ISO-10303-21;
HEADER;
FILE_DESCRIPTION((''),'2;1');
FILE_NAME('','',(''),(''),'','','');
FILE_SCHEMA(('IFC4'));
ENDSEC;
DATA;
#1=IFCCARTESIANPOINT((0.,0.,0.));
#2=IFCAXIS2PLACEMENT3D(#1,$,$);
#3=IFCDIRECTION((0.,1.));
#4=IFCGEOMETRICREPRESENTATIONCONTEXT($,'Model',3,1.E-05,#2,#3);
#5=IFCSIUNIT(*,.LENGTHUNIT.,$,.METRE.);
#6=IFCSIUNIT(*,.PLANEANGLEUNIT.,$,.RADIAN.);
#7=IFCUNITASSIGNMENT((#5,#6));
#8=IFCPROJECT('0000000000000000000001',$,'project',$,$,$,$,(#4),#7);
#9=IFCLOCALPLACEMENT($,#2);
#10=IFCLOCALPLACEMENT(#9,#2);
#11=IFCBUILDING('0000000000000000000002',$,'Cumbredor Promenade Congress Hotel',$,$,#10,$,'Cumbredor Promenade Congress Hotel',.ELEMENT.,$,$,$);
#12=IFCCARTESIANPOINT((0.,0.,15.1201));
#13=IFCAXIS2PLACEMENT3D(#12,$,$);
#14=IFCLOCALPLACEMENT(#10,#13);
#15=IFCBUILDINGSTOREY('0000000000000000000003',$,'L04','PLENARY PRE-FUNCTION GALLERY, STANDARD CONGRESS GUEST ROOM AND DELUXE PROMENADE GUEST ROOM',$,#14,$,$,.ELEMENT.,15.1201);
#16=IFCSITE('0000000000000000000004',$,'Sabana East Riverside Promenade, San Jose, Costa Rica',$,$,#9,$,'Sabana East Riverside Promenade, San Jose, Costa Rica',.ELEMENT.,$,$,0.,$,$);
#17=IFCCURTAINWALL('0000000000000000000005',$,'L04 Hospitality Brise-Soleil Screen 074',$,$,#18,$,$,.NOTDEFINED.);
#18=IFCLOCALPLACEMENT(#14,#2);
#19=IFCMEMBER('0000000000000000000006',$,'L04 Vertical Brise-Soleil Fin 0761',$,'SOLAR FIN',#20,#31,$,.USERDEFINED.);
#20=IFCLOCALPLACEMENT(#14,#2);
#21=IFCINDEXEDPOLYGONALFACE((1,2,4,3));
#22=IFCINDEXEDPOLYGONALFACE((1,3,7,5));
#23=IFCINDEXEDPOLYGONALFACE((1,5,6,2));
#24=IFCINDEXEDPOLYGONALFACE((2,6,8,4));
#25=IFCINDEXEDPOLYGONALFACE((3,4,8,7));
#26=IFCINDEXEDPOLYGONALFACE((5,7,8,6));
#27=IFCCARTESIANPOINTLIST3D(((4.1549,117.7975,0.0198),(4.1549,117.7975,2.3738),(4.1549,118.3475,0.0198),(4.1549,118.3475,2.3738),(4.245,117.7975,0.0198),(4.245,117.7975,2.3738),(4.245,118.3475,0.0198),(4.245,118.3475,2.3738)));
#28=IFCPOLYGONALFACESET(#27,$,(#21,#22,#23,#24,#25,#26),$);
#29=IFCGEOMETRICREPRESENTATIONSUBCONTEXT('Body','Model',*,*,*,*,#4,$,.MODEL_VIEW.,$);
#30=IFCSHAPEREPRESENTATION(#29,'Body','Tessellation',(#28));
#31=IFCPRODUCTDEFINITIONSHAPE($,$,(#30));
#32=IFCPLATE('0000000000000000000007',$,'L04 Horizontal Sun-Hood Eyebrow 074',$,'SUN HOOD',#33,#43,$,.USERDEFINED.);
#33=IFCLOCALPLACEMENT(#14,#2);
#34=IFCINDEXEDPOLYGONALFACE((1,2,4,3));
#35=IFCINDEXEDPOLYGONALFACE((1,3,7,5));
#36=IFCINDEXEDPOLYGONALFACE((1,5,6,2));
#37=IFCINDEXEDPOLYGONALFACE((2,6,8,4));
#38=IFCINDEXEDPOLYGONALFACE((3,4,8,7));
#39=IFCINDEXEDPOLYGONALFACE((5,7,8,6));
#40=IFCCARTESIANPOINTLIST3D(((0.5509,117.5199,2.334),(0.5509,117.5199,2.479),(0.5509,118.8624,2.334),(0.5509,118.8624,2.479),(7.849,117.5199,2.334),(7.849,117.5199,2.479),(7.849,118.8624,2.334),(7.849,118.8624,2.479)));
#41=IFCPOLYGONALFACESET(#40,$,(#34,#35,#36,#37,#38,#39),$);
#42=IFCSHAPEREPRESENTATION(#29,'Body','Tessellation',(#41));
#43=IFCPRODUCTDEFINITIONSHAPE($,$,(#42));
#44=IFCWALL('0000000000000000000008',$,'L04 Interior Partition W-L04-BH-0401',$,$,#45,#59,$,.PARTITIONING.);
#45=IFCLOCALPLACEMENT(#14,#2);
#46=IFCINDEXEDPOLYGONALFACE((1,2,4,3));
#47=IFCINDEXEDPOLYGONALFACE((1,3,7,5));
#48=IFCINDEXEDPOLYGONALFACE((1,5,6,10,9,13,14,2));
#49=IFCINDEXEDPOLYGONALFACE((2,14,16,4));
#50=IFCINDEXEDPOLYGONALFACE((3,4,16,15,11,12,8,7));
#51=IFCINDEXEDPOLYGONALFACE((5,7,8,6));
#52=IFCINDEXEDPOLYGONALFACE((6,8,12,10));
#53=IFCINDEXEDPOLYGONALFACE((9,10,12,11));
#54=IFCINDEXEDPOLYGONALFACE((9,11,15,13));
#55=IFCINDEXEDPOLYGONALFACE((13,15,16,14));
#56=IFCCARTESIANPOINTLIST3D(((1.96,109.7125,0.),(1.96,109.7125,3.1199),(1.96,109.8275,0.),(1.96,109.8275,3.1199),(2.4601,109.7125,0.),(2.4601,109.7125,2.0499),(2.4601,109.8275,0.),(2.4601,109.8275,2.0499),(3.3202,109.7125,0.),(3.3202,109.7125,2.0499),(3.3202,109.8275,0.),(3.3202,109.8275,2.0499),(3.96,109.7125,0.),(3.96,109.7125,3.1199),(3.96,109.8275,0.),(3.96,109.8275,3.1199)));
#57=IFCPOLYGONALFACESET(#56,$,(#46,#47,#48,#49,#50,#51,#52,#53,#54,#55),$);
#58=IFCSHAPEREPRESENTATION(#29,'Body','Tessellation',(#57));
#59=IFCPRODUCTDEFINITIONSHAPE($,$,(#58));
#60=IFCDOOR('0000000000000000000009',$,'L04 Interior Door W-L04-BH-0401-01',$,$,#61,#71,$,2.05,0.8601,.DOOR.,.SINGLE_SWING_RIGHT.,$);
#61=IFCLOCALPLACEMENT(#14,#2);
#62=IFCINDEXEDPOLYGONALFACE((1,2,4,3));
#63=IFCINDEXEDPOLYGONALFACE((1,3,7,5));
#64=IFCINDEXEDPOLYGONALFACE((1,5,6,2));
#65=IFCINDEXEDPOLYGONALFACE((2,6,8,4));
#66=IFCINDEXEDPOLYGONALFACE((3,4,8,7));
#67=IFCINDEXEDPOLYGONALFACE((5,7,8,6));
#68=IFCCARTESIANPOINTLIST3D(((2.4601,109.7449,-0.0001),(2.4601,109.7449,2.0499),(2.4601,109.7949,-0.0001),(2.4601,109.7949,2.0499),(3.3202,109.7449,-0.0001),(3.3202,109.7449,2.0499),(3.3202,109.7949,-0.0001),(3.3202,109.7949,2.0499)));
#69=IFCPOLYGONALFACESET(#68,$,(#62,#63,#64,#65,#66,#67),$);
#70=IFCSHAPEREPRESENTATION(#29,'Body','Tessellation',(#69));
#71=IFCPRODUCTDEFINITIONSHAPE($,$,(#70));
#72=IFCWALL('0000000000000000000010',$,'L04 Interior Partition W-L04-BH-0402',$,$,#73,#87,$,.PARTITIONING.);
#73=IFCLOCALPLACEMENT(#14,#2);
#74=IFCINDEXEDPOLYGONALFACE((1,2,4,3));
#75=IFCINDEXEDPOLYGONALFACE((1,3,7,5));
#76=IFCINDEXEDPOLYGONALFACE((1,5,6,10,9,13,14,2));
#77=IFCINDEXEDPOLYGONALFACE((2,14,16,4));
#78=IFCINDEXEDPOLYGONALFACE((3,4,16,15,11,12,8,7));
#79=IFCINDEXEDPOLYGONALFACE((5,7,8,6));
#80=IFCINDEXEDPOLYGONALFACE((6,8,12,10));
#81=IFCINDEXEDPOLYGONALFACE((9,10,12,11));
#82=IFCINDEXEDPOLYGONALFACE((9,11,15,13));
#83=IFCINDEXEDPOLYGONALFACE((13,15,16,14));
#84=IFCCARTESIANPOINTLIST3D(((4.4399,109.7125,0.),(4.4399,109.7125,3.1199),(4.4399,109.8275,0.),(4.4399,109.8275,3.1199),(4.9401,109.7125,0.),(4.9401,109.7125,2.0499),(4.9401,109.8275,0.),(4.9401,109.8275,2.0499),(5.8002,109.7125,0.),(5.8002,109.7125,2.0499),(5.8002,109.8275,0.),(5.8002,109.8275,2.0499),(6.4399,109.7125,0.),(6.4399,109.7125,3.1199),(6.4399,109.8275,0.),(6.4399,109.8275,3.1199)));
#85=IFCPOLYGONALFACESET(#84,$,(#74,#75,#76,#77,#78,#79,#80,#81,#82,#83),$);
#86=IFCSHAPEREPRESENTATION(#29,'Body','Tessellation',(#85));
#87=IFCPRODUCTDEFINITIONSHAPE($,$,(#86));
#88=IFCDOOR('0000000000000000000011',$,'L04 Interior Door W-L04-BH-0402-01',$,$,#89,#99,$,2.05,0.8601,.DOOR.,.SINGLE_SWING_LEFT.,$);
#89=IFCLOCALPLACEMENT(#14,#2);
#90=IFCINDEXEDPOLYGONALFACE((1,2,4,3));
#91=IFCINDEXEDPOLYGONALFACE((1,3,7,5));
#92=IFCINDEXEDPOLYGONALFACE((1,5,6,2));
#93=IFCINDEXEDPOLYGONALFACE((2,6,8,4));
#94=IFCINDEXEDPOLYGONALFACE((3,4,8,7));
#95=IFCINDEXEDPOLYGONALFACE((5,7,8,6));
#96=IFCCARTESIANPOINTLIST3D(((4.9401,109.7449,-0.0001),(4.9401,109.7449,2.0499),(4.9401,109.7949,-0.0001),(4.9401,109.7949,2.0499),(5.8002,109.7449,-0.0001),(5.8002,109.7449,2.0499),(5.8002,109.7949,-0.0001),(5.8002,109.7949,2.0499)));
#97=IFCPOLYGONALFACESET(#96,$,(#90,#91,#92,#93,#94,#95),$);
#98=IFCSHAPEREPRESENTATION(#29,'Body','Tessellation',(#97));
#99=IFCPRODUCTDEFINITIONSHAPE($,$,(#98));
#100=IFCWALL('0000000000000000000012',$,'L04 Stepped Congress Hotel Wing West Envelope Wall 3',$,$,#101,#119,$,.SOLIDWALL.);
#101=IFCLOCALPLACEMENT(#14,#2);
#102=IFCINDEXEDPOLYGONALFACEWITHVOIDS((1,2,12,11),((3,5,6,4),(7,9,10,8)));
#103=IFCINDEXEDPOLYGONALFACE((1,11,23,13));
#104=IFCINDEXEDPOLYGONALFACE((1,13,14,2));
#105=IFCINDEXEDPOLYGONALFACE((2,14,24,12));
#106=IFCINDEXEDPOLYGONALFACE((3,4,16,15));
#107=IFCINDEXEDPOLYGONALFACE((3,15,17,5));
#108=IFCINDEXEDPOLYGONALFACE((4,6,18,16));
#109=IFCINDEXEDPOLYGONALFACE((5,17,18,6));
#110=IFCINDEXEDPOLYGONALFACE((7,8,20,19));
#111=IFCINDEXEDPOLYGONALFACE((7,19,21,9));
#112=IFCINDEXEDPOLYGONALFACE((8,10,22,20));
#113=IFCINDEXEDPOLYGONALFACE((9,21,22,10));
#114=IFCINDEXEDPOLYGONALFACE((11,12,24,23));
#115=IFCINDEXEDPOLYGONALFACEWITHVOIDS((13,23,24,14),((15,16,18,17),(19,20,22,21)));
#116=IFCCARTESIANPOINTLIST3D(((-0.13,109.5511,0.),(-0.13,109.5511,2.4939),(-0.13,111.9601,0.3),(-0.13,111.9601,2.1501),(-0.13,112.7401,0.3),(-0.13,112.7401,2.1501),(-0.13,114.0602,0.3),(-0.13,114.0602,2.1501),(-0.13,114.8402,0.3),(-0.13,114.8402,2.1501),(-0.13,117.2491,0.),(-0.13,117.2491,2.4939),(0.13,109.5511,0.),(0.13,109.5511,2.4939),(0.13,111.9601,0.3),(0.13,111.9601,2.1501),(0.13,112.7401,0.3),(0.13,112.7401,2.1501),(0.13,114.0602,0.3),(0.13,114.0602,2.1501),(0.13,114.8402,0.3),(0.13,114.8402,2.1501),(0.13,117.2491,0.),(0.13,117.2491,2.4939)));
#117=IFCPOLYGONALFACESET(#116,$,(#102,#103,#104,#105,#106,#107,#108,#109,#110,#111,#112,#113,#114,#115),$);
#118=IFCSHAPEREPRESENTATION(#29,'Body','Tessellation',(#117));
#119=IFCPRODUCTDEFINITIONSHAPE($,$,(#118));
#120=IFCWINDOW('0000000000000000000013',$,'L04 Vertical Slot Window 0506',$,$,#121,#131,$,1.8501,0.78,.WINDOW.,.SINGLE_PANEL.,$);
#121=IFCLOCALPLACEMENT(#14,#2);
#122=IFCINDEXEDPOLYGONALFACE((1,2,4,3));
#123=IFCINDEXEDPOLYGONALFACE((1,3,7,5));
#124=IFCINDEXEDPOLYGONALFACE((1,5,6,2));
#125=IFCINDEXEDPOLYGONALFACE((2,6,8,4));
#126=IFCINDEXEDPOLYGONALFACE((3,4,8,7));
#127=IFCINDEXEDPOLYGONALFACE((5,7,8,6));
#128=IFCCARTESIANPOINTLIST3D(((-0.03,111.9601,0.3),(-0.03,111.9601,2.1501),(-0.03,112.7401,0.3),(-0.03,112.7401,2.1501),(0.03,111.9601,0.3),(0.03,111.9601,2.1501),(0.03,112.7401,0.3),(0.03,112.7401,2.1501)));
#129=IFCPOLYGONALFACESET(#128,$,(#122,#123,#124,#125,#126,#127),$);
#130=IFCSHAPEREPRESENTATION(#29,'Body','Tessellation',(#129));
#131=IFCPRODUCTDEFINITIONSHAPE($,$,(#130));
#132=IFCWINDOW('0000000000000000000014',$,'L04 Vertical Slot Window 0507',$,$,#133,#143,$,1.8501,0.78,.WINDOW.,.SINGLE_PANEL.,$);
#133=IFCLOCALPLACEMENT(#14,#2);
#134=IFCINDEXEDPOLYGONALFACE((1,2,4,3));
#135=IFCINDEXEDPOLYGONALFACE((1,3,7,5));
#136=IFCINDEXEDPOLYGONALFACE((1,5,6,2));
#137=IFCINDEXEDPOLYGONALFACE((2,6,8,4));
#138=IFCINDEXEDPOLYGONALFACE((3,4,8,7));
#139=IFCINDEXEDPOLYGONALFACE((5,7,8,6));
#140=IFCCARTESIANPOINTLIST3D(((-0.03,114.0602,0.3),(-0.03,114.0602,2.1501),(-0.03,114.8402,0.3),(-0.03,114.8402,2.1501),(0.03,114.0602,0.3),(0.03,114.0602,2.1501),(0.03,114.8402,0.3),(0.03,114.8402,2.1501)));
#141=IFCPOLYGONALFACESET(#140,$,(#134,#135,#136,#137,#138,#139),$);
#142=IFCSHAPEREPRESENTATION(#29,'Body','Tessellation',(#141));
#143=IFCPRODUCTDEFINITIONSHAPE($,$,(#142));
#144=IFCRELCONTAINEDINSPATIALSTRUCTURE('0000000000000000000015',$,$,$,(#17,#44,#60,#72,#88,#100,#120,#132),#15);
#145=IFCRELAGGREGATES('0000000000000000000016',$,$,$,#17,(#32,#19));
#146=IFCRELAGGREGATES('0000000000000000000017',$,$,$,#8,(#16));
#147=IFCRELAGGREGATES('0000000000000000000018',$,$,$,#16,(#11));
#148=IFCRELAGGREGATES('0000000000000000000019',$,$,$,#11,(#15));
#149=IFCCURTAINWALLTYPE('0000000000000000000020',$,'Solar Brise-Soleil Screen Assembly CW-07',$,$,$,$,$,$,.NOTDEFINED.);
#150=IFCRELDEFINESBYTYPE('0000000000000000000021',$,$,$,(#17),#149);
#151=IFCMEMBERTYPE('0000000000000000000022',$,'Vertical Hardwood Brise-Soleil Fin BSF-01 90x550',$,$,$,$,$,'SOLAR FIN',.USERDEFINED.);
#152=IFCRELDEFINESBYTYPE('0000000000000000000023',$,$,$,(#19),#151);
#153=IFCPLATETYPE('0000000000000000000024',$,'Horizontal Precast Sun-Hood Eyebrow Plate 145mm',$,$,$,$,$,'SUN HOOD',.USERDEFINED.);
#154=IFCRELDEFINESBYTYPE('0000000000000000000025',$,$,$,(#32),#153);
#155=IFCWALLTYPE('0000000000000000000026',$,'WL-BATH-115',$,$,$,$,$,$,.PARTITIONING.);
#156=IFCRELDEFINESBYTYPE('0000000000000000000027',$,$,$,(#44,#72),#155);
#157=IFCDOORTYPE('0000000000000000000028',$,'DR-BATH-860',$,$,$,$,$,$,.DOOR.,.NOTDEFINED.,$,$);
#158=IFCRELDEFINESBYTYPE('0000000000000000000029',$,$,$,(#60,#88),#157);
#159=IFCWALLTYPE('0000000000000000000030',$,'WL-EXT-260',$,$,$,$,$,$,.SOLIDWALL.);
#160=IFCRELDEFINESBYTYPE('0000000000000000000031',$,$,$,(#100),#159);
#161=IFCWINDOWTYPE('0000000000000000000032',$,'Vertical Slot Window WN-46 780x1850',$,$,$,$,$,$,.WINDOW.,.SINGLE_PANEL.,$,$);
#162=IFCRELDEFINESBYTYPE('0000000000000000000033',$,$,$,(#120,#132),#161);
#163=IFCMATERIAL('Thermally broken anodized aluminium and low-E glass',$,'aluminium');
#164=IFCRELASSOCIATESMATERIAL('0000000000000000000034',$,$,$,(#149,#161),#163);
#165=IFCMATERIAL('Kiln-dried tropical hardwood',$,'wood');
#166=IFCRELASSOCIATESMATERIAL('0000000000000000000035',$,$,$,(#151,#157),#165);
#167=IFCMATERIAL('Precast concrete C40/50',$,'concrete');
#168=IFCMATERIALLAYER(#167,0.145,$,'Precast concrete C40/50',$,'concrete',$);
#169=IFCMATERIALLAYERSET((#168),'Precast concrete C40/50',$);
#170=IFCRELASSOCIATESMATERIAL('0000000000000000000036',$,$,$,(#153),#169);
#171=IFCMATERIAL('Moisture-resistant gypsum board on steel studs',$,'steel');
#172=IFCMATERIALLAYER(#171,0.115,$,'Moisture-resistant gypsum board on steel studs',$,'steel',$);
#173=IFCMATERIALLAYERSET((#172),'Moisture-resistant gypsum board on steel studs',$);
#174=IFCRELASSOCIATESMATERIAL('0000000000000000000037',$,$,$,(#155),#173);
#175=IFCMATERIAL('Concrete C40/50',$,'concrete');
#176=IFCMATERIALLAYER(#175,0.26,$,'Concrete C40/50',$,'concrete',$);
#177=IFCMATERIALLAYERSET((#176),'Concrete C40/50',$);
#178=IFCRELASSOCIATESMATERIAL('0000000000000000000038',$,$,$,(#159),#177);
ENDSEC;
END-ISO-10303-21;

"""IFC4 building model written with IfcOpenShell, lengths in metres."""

from ifc_helpers import new_model, si_unit, direction, frame, frame_2d, origin, origin_2d, place, context, subcontext, project, spatial, rectangle, extrude, material, layer, layer_set, material_profile, profile_set, type_object, element, fill, aggregate, save


model = new_model("IFC4")

# Units and contexts
model_context = context("Model", 3, precision=1e-05, world=origin(), true_north=direction((0.0, 1.0)))
body_context = subcontext(model_context, "Body", "Model", "MODEL_VIEW")
ifc_project = project(units=[si_unit("LENGTHUNIT", "METRE"), si_unit("PLANEANGLEUNIT", "RADIAN")], contexts=[model_context])

# Site, building, storey
site_placement = place(None, origin())
site = spatial("IfcSite", under=ifc_project, at=site_placement, Name="Sabana East Riverside Promenade, San Jose, Costa Rica", LongName="Sabana East Riverside Promenade, San Jose, Costa Rica", CompositionType="ELEMENT", RefElevation=0.0)
building_placement = place(site_placement, origin())
building = spatial("IfcBuilding", under=site, at=building_placement, Name="Cumbredor Promenade Congress Hotel", LongName="Cumbredor Promenade Congress Hotel", CompositionType="ELEMENT")
storey_placement = place(building_placement, frame((0.0, 0.0, 15.1201)))
storey = spatial("IfcBuildingStorey", under=building, at=storey_placement, Name="L04", Description="PLENARY PRE-FUNCTION GALLERY, STANDARD CONGRESS GUEST ROOM AND DELUXE PROMENADE GUEST ROOM", CompositionType="ELEMENT", Elevation=15.1201)

# Shared definitions
ifc_material_1 = material(Name="Concrete C40/50", Category="concrete")

# Curtain wall
ifc_material_2 = material(Name="Thermally broken anodized aluminium and low-E glass", Category="aluminium")
curtain_wall_type = type_object("IfcCurtainWallType", Name="Solar Brise-Soleil Screen Assembly CW-07", PredefinedType="NOTDEFINED", material=ifc_material_2)
curtain_wall_1_placement = place(storey_placement, origin())
curtain_wall_1 = element("IfcCurtainWall", 1, at=curtain_wall_1_placement, inside=storey, type_object=curtain_wall_type, Name="L04 Hospitality Brise-Soleil Screen 074", PredefinedType="NOTDEFINED")

# Member
ifc_material_3 = material(Name="Kiln-dried tropical hardwood", Category="wood")
ifc_material_profile_1 = material_profile(ifc_material_3, rectangle(XDim=0.0901, YDim=0.55, at=origin_2d()), Name="ARCH FIN 90x550")
ifc_profile_set_1 = profile_set([ifc_material_profile_1], Name="Kiln-dried tropical hardwood")
member_type_1 = type_object("IfcMemberType", Name="Vertical Hardwood Brise-Soleil Fin BSF-01 90x550", ElementType="SOLAR FIN", PredefinedType="USERDEFINED", material=ifc_profile_set_1)
member_1_placement = place(storey_placement, frame((4.2, 118.0725, 0.0198), z_axis=(0.0, 0.0, 1.0), x_axis=(1.0, 0.0, 0.0)))
member_1 = element("IfcMember", 2, at=member_1_placement, type_object=member_type_1, Name="L04 Vertical Brise-Soleil Fin 0761", ObjectType="SOLAR FIN", PredefinedType="USERDEFINED", context=body_context, shape_type="SweptSolid", body=[
    extrude(rectangle(XDim=0.0901, YDim=0.55, at=origin_2d()), origin(), (0.0, 0.0, 1.0), 2.354),
])

# Plate
ifc_material_4 = material(Name="Precast concrete C40/50", Category="concrete")
ifc_layer_1 = layer(ifc_material_4, 0.145, Name="Precast concrete C40/50", Category="concrete")
ifc_layer_set_1 = layer_set([ifc_layer_1], Name="Precast concrete C40/50")
plate_type = type_object("IfcPlateType", Name="Horizontal Precast Sun-Hood Eyebrow Plate 145mm", ElementType="SUN HOOD", PredefinedType="USERDEFINED", material=ifc_layer_set_1)
plate_placement = place(storey_placement, frame((4.2, 118.1912, 2.334), z_axis=(0.0, 0.0, 1.0), x_axis=(1.0, 0.0, 0.0)))
plate = element("IfcPlate", 3, at=plate_placement, type_object=plate_type, Name="L04 Horizontal Sun-Hood Eyebrow 074", ObjectType="SUN HOOD", PredefinedType="USERDEFINED", context=body_context, shape_type="SweptSolid", body=[
    extrude(rectangle(XDim=7.2981, YDim=1.3425, at=origin_2d()), origin(), (0.0, 0.0, 1.0), 0.145),
])
aggregate(curtain_wall_1, [plate, member_1])

# Walls, openings, doors
ifc_material_5 = material(Name="Moisture-resistant gypsum board on steel studs", Category="steel")
ifc_layer_2 = layer(ifc_material_5, 0.115, Name="Moisture-resistant gypsum board on steel studs", Category="steel")
ifc_layer_set_2 = layer_set([ifc_layer_2], Name="Moisture-resistant gypsum board on steel studs")
wall_type_1 = type_object("IfcWallType", Name="WL-BATH-115", PredefinedType="PARTITIONING", material=ifc_layer_set_2)
wall_1_placement = place(storey_placement, frame((1.96, 109.77, 0.0), z_axis=(0.0, 0.0, 1.0), x_axis=(1.0, 0.0, 0.0)))
wall_1 = element("IfcWall", 4, at=wall_1_placement, inside=storey, type_object=wall_type_1, Name="L04 Interior Partition W-L04-BH-0401", PredefinedType="PARTITIONING", context=body_context, shape_type="SweptSolid", body=[
    extrude(rectangle(XDim=2.0, YDim=0.115, at=frame_2d((1.0, 0.0))), origin(), (0.0, 0.0, 1.0), 3.1199),
])
opening_1_placement = place(wall_1_placement, frame((0.5, 0.0, 0.0)))
opening_1 = element("IfcOpeningElement", 5, at=opening_1_placement, cuts=wall_1, PredefinedType="OPENING", context=body_context, shape_type="SweptSolid", body=[
    extrude(rectangle(XDim=0.8601, YDim=2.05, at=frame_2d((0.4302, 1.0249))), frame((0.0, 0.0674, 0.0), z_axis=(0.0, -1.0, 0.0), x_axis=(1.0, 0.0, 0.0)), (0.0, 0.0, 1.0), 0.135),
])
door_type = type_object("IfcDoorType", Name="DR-BATH-860", OperationType="NOTDEFINED", PredefinedType="DOOR", material=ifc_material_3)
door_1_placement = place(opening_1_placement, origin())
door_1 = element("IfcDoor", 6, at=door_1_placement, inside=storey, type_object=door_type, Name="L04 Interior Door W-L04-BH-0401-01", OperationType="SINGLE_SWING_RIGHT", OverallHeight=2.05, OverallWidth=0.8601, PredefinedType="DOOR", context=body_context, shape_type="SweptSolid", body=[
    extrude(rectangle(XDim=0.8601, YDim=2.05, at=frame_2d((0.4302, 1.0249))), frame((0.0, 0.0249, 0.0), z_axis=(0.0, -1.0, 0.0), x_axis=(1.0, 0.0, 0.0)), (0.0, 0.0, 1.0), 0.05),
])
fill(opening_1, door_1)
wall_2_placement = place(storey_placement, frame((4.4399, 109.77, 0.0), z_axis=(0.0, 0.0, 1.0), x_axis=(1.0, 0.0, 0.0)))
wall_2 = element("IfcWall", 7, at=wall_2_placement, inside=storey, type_object=wall_type_1, Name="L04 Interior Partition W-L04-BH-0402", PredefinedType="PARTITIONING", context=body_context, shape_type="SweptSolid", body=[
    extrude(rectangle(XDim=2.0, YDim=0.115, at=frame_2d((1.0, 0.0))), origin(), (0.0, 0.0, 1.0), 3.1199),
])
opening_2_placement = place(wall_2_placement, frame((0.5, 0.0, 0.0)))
opening_2 = element("IfcOpeningElement", 8, at=opening_2_placement, cuts=wall_2, PredefinedType="OPENING", context=body_context, shape_type="SweptSolid", body=[
    extrude(rectangle(XDim=0.8601, YDim=2.05, at=frame_2d((0.4302, 1.0249))), frame((0.0, 0.0674, 0.0), z_axis=(0.0, -1.0, 0.0), x_axis=(1.0, 0.0, 0.0)), (0.0, 0.0, 1.0), 0.135),
])
door_2_placement = place(opening_2_placement, origin())
door_2 = element("IfcDoor", 9, at=door_2_placement, inside=storey, type_object=door_type, Name="L04 Interior Door W-L04-BH-0402-01", OperationType="SINGLE_SWING_LEFT", OverallHeight=2.05, OverallWidth=0.8601, PredefinedType="DOOR", context=body_context, shape_type="SweptSolid", body=[
    extrude(rectangle(XDim=0.8601, YDim=2.05, at=frame_2d((0.4302, 1.0249))), frame((0.0, 0.0249, 0.0), z_axis=(0.0, -1.0, 0.0), x_axis=(1.0, 0.0, 0.0)), (0.0, 0.0, 1.0), 0.05),
])
fill(opening_2, door_2)

# Wall, openings, windows
ifc_layer_3 = layer(ifc_material_1, 0.26, Name="Concrete C40/50", Category="concrete")
ifc_layer_set_3 = layer_set([ifc_layer_3], Name="Concrete C40/50")
wall_type_2 = type_object("IfcWallType", Name="WL-EXT-260", PredefinedType="SOLIDWALL", material=ifc_layer_set_3)
wall_3_placement = place(storey_placement, frame((0.0, 109.551, 0.0), z_axis=(0.0, 0.0, 1.0), x_axis=(0.0, 1.0, 0.0)))
wall_3 = element("IfcWall", 10, at=wall_3_placement, inside=storey, type_object=wall_type_2, Name="L04 Stepped Congress Hotel Wing West Envelope Wall 3", PredefinedType="SOLIDWALL", context=body_context, shape_type="SweptSolid", body=[
    extrude(rectangle(XDim=7.698, YDim=0.26, at=frame_2d((3.8491, 0.0))), origin(), (0.0, 0.0, 1.0), 2.4939),
])
opening_3_placement = place(wall_3_placement, frame((2.4089, 0.0, 0.3)))
opening_3 = element("IfcOpeningElement", 11, at=opening_3_placement, cuts=wall_3, PredefinedType="OPENING", context=body_context, shape_type="SweptSolid", body=[
    extrude(rectangle(XDim=0.78, YDim=1.8501, at=frame_2d((0.3901, 0.925))), frame((0.0, 0.1401, 0.0), z_axis=(0.0, -1.0, 0.0), x_axis=(1.0, 0.0, 0.0)), (0.0, 0.0, 1.0), 0.28),
])
opening_4_placement = place(wall_3_placement, frame((4.509, 0.0, 0.3)))
opening_4 = element("IfcOpeningElement", 12, at=opening_4_placement, cuts=wall_3, PredefinedType="OPENING", context=body_context, shape_type="SweptSolid", body=[
    extrude(rectangle(XDim=0.78, YDim=1.8501, at=frame_2d((0.3901, 0.925))), frame((0.0, 0.1401, 0.0), z_axis=(0.0, -1.0, 0.0), x_axis=(1.0, 0.0, 0.0)), (0.0, 0.0, 1.0), 0.28),
])
window_type_1 = type_object("IfcWindowType", Name="Vertical Slot Window WN-46 780x1850", PartitioningType="SINGLE_PANEL", PredefinedType="WINDOW", material=ifc_material_2)
window_1_placement = place(opening_3_placement, origin())
window_1 = element("IfcWindow", 13, at=window_1_placement, inside=storey, type_object=window_type_1, Name="L04 Vertical Slot Window 0506", OverallHeight=1.8501, OverallWidth=0.78, PartitioningType="SINGLE_PANEL", PredefinedType="WINDOW", context=body_context, shape_type="SweptSolid", body=[
    extrude(rectangle(XDim=0.78, YDim=1.8501, at=frame_2d((0.3901, 0.925))), frame((0.0, 0.03, 0.0), z_axis=(0.0, -1.0, 0.0), x_axis=(1.0, 0.0, 0.0)), (0.0, 0.0, 1.0), 0.0601),
])
fill(opening_3, window_1)
window_2_placement = place(opening_4_placement, origin())
window_2 = element("IfcWindow", 14, at=window_2_placement, inside=storey, type_object=window_type_1, Name="L04 Vertical Slot Window 0507", OverallHeight=1.8501, OverallWidth=0.78, PartitioningType="SINGLE_PANEL", PredefinedType="WINDOW", context=body_context, shape_type="SweptSolid", body=[
    extrude(rectangle(XDim=0.78, YDim=1.8501, at=frame_2d((0.3901, 0.925))), frame((0.0, 0.03, 0.0), z_axis=(0.0, -1.0, 0.0), x_axis=(1.0, 0.0, 0.0)), (0.0, 0.0, 1.0), 0.0601),
])
fill(opening_4, window_2)

save(model, "model.ifc")
